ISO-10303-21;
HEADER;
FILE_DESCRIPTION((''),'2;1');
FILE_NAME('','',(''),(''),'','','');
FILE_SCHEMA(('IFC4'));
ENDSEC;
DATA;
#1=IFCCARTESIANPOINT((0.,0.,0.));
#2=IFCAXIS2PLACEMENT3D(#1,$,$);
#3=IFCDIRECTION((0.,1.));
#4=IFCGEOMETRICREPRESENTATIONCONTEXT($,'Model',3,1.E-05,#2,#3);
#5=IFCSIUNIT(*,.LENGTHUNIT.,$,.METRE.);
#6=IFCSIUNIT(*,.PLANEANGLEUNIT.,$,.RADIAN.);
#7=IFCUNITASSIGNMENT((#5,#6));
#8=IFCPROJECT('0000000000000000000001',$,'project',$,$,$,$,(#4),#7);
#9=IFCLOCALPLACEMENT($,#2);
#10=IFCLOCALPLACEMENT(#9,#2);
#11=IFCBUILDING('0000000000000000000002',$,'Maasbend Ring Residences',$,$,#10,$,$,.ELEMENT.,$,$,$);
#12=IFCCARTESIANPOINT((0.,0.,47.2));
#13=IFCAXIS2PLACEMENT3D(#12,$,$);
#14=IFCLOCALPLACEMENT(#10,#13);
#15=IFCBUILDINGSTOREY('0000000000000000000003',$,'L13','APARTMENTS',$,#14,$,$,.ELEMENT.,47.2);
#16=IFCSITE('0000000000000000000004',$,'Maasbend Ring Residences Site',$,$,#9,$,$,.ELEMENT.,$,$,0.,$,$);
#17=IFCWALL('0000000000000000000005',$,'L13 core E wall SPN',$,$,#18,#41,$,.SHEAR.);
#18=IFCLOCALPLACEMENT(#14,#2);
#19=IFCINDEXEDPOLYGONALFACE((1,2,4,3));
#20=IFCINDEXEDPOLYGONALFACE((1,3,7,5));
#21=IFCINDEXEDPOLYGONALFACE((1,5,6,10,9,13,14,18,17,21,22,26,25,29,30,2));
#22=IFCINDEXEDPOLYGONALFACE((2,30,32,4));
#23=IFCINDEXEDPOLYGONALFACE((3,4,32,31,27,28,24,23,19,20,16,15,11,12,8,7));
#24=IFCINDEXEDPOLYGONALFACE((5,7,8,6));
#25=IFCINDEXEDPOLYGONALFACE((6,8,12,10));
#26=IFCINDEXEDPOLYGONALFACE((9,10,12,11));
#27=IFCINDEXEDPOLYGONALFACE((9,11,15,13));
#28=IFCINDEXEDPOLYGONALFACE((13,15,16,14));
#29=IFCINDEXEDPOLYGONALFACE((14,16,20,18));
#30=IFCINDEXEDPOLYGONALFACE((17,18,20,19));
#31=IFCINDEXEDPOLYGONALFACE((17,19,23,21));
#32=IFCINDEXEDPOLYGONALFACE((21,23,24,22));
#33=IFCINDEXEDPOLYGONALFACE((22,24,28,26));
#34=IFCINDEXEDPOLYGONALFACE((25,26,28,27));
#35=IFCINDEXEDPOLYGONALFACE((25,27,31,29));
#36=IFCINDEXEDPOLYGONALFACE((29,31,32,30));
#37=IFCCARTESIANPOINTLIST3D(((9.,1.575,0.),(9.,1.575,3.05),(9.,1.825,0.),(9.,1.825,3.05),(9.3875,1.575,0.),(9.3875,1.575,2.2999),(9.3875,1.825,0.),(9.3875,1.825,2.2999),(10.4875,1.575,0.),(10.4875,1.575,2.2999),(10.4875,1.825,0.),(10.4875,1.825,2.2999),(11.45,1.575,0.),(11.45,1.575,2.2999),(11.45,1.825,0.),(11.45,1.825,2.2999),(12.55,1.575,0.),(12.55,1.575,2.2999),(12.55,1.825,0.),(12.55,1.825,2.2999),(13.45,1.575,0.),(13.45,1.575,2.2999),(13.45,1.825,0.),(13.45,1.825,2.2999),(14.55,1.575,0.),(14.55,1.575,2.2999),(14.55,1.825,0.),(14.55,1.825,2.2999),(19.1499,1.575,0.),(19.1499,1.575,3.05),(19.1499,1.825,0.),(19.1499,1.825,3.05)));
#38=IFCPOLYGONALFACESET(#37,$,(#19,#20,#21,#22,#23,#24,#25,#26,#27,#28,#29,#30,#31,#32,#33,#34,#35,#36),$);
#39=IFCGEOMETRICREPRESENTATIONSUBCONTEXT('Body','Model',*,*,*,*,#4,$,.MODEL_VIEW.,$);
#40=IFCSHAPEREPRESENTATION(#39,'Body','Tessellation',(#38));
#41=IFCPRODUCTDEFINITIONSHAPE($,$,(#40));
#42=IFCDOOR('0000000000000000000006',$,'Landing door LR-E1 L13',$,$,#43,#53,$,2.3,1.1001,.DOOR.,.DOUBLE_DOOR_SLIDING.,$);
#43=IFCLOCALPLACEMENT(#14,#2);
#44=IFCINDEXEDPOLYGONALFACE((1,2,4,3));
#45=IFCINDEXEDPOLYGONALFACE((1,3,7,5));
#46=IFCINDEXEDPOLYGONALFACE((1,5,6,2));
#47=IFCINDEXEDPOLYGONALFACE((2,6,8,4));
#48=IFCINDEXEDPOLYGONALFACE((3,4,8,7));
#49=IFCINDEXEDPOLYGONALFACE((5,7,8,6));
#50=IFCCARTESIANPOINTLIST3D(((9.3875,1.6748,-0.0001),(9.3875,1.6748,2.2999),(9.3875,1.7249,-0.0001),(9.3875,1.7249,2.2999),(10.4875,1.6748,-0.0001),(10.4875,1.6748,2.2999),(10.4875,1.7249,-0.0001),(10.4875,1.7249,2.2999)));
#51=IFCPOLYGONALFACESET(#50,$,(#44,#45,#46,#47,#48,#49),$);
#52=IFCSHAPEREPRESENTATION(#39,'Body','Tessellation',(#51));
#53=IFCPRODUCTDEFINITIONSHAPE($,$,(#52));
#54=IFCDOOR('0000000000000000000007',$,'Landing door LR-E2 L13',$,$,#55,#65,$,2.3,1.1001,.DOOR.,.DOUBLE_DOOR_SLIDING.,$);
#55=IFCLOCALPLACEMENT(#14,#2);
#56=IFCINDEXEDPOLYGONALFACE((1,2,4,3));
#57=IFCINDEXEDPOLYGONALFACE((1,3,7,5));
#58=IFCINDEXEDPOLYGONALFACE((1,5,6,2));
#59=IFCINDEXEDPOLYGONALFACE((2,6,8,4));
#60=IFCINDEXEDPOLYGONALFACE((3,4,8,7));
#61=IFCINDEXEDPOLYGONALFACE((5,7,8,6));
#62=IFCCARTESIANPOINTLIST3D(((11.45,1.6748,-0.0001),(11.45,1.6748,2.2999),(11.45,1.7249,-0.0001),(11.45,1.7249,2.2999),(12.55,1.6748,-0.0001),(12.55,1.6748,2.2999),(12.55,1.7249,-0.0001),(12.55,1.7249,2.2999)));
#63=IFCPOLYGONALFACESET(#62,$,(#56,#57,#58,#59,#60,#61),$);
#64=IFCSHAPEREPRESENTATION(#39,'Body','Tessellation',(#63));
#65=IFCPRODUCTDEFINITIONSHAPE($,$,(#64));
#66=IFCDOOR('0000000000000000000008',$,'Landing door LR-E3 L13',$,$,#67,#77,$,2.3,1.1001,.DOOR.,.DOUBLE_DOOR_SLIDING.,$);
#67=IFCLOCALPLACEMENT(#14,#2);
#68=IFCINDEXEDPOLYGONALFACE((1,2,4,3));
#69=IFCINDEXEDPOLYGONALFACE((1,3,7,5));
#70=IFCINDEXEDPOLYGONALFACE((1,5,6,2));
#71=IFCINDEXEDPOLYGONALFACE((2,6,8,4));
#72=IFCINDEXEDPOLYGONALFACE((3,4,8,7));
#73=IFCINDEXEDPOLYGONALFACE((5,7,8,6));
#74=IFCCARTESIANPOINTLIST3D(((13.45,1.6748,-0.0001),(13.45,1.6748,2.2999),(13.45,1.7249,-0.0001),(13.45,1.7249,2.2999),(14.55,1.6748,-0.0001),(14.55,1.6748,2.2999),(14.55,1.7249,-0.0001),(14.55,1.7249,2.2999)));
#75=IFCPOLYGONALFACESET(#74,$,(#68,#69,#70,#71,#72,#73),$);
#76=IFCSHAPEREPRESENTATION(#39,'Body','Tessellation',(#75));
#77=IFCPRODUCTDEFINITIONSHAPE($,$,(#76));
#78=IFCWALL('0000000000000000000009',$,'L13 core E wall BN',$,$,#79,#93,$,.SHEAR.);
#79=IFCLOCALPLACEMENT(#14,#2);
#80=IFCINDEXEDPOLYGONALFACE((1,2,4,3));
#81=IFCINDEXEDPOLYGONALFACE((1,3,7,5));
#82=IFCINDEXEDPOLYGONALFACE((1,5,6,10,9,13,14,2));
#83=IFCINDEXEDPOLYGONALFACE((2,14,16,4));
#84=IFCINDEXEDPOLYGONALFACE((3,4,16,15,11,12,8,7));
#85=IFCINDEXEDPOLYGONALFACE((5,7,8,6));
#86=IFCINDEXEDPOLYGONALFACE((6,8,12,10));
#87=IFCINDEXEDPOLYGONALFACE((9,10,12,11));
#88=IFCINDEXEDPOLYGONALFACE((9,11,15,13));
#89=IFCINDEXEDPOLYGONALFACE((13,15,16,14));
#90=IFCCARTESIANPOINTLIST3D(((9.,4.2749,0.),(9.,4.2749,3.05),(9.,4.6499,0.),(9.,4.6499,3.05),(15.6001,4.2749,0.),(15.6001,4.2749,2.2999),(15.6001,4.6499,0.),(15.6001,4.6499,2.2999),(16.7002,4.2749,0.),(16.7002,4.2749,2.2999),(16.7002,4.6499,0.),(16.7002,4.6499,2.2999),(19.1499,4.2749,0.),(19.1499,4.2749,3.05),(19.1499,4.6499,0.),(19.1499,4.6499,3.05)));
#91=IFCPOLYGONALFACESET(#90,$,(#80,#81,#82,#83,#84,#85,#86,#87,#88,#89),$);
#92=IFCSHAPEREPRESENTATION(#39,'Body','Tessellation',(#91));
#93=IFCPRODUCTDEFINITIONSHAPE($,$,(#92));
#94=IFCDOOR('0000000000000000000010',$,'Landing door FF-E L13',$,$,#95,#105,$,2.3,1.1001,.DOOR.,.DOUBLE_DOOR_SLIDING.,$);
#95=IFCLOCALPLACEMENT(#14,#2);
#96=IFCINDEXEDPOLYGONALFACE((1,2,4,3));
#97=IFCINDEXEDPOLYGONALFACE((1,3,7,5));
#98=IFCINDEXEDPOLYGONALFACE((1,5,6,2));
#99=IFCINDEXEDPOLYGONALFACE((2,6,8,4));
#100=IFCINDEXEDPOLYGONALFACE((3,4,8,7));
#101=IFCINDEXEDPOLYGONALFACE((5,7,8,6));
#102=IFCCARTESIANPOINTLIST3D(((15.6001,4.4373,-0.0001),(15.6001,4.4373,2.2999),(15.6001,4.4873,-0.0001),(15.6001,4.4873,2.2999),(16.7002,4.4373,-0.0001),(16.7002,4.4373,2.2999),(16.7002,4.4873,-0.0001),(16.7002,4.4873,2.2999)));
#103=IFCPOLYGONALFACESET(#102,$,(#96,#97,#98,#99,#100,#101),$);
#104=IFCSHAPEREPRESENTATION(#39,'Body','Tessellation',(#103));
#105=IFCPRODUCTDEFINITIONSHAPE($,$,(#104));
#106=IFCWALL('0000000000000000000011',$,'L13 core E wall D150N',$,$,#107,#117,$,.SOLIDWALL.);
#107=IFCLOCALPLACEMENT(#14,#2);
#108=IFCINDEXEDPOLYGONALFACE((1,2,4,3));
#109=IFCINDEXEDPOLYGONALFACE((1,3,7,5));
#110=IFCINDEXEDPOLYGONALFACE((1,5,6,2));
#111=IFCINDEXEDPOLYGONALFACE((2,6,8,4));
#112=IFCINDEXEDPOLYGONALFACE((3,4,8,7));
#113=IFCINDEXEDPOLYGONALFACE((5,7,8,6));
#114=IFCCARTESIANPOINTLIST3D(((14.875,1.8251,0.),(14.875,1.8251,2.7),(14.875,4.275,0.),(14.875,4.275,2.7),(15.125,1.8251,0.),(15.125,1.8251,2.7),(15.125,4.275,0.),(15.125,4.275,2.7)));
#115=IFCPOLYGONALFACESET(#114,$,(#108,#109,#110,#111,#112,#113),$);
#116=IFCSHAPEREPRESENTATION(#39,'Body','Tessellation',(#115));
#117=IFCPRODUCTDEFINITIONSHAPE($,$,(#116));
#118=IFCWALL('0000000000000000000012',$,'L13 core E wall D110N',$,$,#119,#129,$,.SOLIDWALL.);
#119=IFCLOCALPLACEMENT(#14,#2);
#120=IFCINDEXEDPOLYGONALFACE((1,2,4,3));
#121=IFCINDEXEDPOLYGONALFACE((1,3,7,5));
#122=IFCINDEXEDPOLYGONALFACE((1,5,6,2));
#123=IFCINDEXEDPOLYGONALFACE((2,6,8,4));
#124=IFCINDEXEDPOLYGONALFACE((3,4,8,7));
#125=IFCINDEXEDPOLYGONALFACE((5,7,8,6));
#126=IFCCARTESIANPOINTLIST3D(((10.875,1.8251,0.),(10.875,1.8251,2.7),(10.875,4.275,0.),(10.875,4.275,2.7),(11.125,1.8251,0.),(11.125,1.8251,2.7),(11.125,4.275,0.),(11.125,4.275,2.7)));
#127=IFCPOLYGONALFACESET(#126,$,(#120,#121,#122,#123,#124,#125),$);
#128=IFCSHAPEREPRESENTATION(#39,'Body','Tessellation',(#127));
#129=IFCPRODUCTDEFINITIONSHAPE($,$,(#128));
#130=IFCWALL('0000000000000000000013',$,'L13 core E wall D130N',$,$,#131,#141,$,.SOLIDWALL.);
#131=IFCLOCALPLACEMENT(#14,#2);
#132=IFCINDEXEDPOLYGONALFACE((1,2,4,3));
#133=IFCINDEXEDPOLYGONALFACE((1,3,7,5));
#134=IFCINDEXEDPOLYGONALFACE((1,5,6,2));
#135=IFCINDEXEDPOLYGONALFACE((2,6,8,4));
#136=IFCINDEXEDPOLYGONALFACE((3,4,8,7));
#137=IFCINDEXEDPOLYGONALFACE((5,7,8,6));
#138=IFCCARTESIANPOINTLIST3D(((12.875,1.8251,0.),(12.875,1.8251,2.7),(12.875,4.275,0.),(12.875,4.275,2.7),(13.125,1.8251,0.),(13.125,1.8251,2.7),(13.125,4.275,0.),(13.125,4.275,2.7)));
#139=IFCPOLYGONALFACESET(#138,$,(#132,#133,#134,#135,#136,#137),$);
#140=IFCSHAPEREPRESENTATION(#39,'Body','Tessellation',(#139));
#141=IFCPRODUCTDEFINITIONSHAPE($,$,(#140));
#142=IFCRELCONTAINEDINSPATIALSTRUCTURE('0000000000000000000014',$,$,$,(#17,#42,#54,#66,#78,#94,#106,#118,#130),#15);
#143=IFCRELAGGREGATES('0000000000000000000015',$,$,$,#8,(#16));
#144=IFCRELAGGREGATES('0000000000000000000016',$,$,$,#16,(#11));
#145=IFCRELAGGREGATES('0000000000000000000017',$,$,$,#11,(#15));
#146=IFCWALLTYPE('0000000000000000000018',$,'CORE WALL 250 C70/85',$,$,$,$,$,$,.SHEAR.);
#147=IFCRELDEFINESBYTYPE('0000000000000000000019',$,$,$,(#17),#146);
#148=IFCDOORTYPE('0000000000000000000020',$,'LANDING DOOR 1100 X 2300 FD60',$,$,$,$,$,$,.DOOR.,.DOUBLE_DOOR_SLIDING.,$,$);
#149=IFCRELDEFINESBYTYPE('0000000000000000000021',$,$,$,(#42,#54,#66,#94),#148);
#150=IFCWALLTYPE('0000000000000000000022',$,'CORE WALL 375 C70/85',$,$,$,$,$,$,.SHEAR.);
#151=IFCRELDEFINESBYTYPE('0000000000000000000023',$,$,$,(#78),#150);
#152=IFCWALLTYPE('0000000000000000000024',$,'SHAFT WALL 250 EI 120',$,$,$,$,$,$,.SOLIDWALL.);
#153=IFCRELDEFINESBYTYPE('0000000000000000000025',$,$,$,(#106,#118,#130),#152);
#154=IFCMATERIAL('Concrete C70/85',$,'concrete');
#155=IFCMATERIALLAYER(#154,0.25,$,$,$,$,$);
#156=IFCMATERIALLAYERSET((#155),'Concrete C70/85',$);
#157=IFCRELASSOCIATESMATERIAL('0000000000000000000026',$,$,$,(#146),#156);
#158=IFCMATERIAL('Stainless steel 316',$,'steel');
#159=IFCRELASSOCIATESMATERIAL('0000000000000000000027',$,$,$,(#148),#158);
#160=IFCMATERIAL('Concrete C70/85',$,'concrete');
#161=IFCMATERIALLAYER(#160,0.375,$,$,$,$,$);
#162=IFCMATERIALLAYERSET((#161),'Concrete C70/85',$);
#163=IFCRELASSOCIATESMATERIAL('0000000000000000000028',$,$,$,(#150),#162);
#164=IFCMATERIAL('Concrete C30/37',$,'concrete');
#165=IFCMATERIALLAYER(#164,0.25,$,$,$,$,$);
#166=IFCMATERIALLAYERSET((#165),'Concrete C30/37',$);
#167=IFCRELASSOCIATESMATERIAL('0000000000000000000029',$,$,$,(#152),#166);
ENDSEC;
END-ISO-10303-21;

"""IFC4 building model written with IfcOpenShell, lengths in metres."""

from ifc_helpers import new_model, si_unit, direction, frame, frame_2d, origin, place, context, subcontext, project, spatial, rectangle, extrude, material, layer, layer_set, type_object, element, fill, save


model = new_model("IFC4")

# Units and contexts
model_context = context("Model", 3, precision=1e-05, world=origin(), true_north=direction((0.0, 1.0)))
body_context = subcontext(model_context, "Body", "Model", "MODEL_VIEW")
ifc_project = project(units=[si_unit("LENGTHUNIT", "METRE"), si_unit("PLANEANGLEUNIT", "RADIAN")], contexts=[model_context])

# Site, building, storey
site_placement = place(None, origin())
site = spatial("IfcSite", under=ifc_project, at=site_placement, Name="Maasbend Ring Residences Site", CompositionType="ELEMENT", RefElevation=0.0)
building_placement = place(site_placement, origin())
building = spatial("IfcBuilding", under=site, at=building_placement, Name="Maasbend Ring Residences", CompositionType="ELEMENT")
storey_placement = place(building_placement, frame((0.0, 0.0, 47.2)))
storey = spatial("IfcBuildingStorey", under=building, at=storey_placement, Name="L13", Description="APARTMENTS", CompositionType="ELEMENT", Elevation=47.2)

# Wall, openings, doors
ifc_material_1 = material(Name="Concrete C70/85", Category="concrete")
ifc_layer_1 = layer(ifc_material_1, 0.25)
ifc_layer_set_1 = layer_set([ifc_layer_1], Name="Concrete C70/85")
wall_type_1 = type_object("IfcWallType", Name="CORE WALL 250 C70/85", PredefinedType="SHEAR", material=ifc_layer_set_1)
wall_1_placement = place(storey_placement, frame((9.0, 1.7, 0.0), z_axis=(0.0, 0.0, 1.0), x_axis=(1.0, 0.0, 0.0)))
wall_1 = element("IfcWall", 1, at=wall_1_placement, inside=storey, type_object=wall_type_1, Name="L13 core E wall SPN", PredefinedType="SHEAR", context=body_context, shape_type="SweptSolid", body=[
    extrude(rectangle(XDim=10.1499, YDim=0.25, at=frame_2d((5.075, 0.0))), origin(), (0.0, 0.0, 1.0), 3.05),
])
opening_1_placement = place(wall_1_placement, frame((0.3875, 0.0, 0.0)))
opening_1 = element("IfcOpeningElement", 2, at=opening_1_placement, cuts=wall_1, PredefinedType="OPENING", context=body_context, shape_type="SweptSolid", body=[
    extrude(rectangle(XDim=1.1001, YDim=2.3, at=frame_2d((0.55, 1.1499))), frame((0.0, 0.135, 0.0), z_axis=(0.0, -1.0, 0.0), x_axis=(1.0, 0.0, 0.0)), (0.0, 0.0, 1.0), 0.27),
])
opening_2_placement = place(wall_1_placement, frame((2.45, 0.0, 0.0)))
opening_2 = element("IfcOpeningElement", 3, at=opening_2_placement, cuts=wall_1, PredefinedType="OPENING", context=body_context, shape_type="SweptSolid", body=[
    extrude(rectangle(XDim=1.1001, YDim=2.3, at=frame_2d((0.55, 1.1499))), frame((0.0, 0.135, 0.0), z_axis=(0.0, -1.0, 0.0), x_axis=(1.0, 0.0, 0.0)), (0.0, 0.0, 1.0), 0.27),
])
opening_3_placement = place(wall_1_placement, frame((4.45, 0.0, 0.0)))
opening_3 = element("IfcOpeningElement", 4, at=opening_3_placement, cuts=wall_1, PredefinedType="OPENING", context=body_context, shape_type="SweptSolid", body=[
    extrude(rectangle(XDim=1.1001, YDim=2.3, at=frame_2d((0.55, 1.1499))), frame((0.0, 0.135, 0.0), z_axis=(0.0, -1.0, 0.0), x_axis=(1.0, 0.0, 0.0)), (0.0, 0.0, 1.0), 0.27),
])
ifc_material_2 = material(Name="Stainless steel 316", Category="steel")
door_type = type_object("IfcDoorType", Name="LANDING DOOR 1100 X 2300 FD60", OperationType="DOUBLE_DOOR_SLIDING", PredefinedType="DOOR", material=ifc_material_2)
door_1_placement = place(opening_1_placement, origin())
door_1 = element("IfcDoor", 5, at=door_1_placement, inside=storey, type_object=door_type, Name="Landing door LR-E1 L13", OperationType="DOUBLE_DOOR_SLIDING", OverallHeight=2.3, OverallWidth=1.1001, PredefinedType="DOOR", context=body_context, shape_type="SweptSolid", body=[
    extrude(rectangle(XDim=1.1001, YDim=2.3, at=frame_2d((0.55, 1.1499))), frame((0.0, 0.0249, 0.0), z_axis=(0.0, -1.0, 0.0), x_axis=(1.0, 0.0, 0.0)), (0.0, 0.0, 1.0), 0.05),
])
fill(opening_1, door_1)
door_2_placement = place(opening_2_placement, origin())
door_2 = element("IfcDoor", 6, at=door_2_placement, inside=storey, type_object=door_type, Name="Landing door LR-E2 L13", OperationType="DOUBLE_DOOR_SLIDING", OverallHeight=2.3, OverallWidth=1.1001, PredefinedType="DOOR", context=body_context, shape_type="SweptSolid", body=[
    extrude(rectangle(XDim=1.1001, YDim=2.3, at=frame_2d((0.55, 1.1499))), frame((0.0, 0.0249, 0.0), z_axis=(0.0, -1.0, 0.0), x_axis=(1.0, 0.0, 0.0)), (0.0, 0.0, 1.0), 0.05),
])
fill(opening_2, door_2)
door_3_placement = place(opening_3_placement, origin())
door_3 = element("IfcDoor", 7, at=door_3_placement, inside=storey, type_object=door_type, Name="Landing door LR-E3 L13", OperationType="DOUBLE_DOOR_SLIDING", OverallHeight=2.3, OverallWidth=1.1001, PredefinedType="DOOR", context=body_context, shape_type="SweptSolid", body=[
    extrude(rectangle(XDim=1.1001, YDim=2.3, at=frame_2d((0.55, 1.1499))), frame((0.0, 0.0249, 0.0), z_axis=(0.0, -1.0, 0.0), x_axis=(1.0, 0.0, 0.0)), (0.0, 0.0, 1.0), 0.05),
])
fill(opening_3, door_3)

# Wall, opening, door
ifc_material_3 = material(Name="Concrete C70/85", Category="concrete")
ifc_layer_2 = layer(ifc_material_3, 0.375)
ifc_layer_set_2 = layer_set([ifc_layer_2], Name="Concrete C70/85")
wall_type_2 = type_object("IfcWallType", Name="CORE WALL 375 C70/85", PredefinedType="SHEAR", material=ifc_layer_set_2)
wall_2_placement = place(storey_placement, frame((9.0, 4.4624, 0.0), z_axis=(0.0, 0.0, 1.0), x_axis=(1.0, 0.0, 0.0)))
wall_2 = element("IfcWall", 8, at=wall_2_placement, inside=storey, type_object=wall_type_2, Name="L13 core E wall BN", PredefinedType="SHEAR", context=body_context, shape_type="SweptSolid", body=[
    extrude(rectangle(XDim=10.1499, YDim=0.375, at=frame_2d((5.075, 0.0))), origin(), (0.0, 0.0, 1.0), 3.05),
])
opening_4_placement = place(wall_2_placement, frame((6.6001, 0.0, 0.0)))
opening_4 = element("IfcOpeningElement", 9, at=opening_4_placement, cuts=wall_2, PredefinedType="OPENING", context=body_context, shape_type="SweptSolid", body=[
    extrude(rectangle(XDim=1.1001, YDim=2.3, at=frame_2d((0.55, 1.1499))), frame((0.0, 0.1975, 0.0), z_axis=(0.0, -1.0, 0.0), x_axis=(1.0, 0.0, 0.0)), (0.0, 0.0, 1.0), 0.395),
])
door_4_placement = place(opening_4_placement, origin())
door_4 = element("IfcDoor", 10, at=door_4_placement, inside=storey, type_object=door_type, Name="Landing door FF-E L13", OperationType="DOUBLE_DOOR_SLIDING", OverallHeight=2.3, OverallWidth=1.1001, PredefinedType="DOOR", context=body_context, shape_type="SweptSolid", body=[
    extrude(rectangle(XDim=1.1001, YDim=2.3, at=frame_2d((0.55, 1.1499))), frame((0.0, 0.0249, 0.0), z_axis=(0.0, -1.0, 0.0), x_axis=(1.0, 0.0, 0.0)), (0.0, 0.0, 1.0), 0.05),
])
fill(opening_4, door_4)

# Walls
ifc_material_4 = material(Name="Concrete C30/37", Category="concrete")
ifc_layer_3 = layer(ifc_material_4, 0.25)
ifc_layer_set_3 = layer_set([ifc_layer_3], Name="Concrete C30/37")
wall_type_3 = type_object("IfcWallType", Name="SHAFT WALL 250 EI 120", PredefinedType="SOLIDWALL", material=ifc_layer_set_3)
for number, where, z_axis, x_axis, name in (
    (11, (15.0, 1.825, 0.0), (0.0, 0.0, 1.0), (0.0, 1.0, 0.0), "L13 core E wall D150N"),
    (12, (11.0, 1.825, 0.0), (0.0, 0.0, 1.0), (0.0, 1.0, 0.0), "L13 core E wall D110N"),
    (13, (13.0, 1.825, 0.0), (0.0, 0.0, 1.0), (0.0, 1.0, 0.0), "L13 core E wall D130N"),
):
    element("IfcWall", number, at=place(storey_placement, frame(where, z_axis=z_axis, x_axis=x_axis)), inside=storey, type_object=wall_type_3, Name=name, PredefinedType="SOLIDWALL", context=body_context, shape_type="SweptSolid", body=[
        extrude(rectangle(XDim=2.45, YDim=0.25, at=frame_2d((1.2251, 0.0))), origin(), (0.0, 0.0, 1.0), 2.7),
    ])

save(model, "model.ifc")
